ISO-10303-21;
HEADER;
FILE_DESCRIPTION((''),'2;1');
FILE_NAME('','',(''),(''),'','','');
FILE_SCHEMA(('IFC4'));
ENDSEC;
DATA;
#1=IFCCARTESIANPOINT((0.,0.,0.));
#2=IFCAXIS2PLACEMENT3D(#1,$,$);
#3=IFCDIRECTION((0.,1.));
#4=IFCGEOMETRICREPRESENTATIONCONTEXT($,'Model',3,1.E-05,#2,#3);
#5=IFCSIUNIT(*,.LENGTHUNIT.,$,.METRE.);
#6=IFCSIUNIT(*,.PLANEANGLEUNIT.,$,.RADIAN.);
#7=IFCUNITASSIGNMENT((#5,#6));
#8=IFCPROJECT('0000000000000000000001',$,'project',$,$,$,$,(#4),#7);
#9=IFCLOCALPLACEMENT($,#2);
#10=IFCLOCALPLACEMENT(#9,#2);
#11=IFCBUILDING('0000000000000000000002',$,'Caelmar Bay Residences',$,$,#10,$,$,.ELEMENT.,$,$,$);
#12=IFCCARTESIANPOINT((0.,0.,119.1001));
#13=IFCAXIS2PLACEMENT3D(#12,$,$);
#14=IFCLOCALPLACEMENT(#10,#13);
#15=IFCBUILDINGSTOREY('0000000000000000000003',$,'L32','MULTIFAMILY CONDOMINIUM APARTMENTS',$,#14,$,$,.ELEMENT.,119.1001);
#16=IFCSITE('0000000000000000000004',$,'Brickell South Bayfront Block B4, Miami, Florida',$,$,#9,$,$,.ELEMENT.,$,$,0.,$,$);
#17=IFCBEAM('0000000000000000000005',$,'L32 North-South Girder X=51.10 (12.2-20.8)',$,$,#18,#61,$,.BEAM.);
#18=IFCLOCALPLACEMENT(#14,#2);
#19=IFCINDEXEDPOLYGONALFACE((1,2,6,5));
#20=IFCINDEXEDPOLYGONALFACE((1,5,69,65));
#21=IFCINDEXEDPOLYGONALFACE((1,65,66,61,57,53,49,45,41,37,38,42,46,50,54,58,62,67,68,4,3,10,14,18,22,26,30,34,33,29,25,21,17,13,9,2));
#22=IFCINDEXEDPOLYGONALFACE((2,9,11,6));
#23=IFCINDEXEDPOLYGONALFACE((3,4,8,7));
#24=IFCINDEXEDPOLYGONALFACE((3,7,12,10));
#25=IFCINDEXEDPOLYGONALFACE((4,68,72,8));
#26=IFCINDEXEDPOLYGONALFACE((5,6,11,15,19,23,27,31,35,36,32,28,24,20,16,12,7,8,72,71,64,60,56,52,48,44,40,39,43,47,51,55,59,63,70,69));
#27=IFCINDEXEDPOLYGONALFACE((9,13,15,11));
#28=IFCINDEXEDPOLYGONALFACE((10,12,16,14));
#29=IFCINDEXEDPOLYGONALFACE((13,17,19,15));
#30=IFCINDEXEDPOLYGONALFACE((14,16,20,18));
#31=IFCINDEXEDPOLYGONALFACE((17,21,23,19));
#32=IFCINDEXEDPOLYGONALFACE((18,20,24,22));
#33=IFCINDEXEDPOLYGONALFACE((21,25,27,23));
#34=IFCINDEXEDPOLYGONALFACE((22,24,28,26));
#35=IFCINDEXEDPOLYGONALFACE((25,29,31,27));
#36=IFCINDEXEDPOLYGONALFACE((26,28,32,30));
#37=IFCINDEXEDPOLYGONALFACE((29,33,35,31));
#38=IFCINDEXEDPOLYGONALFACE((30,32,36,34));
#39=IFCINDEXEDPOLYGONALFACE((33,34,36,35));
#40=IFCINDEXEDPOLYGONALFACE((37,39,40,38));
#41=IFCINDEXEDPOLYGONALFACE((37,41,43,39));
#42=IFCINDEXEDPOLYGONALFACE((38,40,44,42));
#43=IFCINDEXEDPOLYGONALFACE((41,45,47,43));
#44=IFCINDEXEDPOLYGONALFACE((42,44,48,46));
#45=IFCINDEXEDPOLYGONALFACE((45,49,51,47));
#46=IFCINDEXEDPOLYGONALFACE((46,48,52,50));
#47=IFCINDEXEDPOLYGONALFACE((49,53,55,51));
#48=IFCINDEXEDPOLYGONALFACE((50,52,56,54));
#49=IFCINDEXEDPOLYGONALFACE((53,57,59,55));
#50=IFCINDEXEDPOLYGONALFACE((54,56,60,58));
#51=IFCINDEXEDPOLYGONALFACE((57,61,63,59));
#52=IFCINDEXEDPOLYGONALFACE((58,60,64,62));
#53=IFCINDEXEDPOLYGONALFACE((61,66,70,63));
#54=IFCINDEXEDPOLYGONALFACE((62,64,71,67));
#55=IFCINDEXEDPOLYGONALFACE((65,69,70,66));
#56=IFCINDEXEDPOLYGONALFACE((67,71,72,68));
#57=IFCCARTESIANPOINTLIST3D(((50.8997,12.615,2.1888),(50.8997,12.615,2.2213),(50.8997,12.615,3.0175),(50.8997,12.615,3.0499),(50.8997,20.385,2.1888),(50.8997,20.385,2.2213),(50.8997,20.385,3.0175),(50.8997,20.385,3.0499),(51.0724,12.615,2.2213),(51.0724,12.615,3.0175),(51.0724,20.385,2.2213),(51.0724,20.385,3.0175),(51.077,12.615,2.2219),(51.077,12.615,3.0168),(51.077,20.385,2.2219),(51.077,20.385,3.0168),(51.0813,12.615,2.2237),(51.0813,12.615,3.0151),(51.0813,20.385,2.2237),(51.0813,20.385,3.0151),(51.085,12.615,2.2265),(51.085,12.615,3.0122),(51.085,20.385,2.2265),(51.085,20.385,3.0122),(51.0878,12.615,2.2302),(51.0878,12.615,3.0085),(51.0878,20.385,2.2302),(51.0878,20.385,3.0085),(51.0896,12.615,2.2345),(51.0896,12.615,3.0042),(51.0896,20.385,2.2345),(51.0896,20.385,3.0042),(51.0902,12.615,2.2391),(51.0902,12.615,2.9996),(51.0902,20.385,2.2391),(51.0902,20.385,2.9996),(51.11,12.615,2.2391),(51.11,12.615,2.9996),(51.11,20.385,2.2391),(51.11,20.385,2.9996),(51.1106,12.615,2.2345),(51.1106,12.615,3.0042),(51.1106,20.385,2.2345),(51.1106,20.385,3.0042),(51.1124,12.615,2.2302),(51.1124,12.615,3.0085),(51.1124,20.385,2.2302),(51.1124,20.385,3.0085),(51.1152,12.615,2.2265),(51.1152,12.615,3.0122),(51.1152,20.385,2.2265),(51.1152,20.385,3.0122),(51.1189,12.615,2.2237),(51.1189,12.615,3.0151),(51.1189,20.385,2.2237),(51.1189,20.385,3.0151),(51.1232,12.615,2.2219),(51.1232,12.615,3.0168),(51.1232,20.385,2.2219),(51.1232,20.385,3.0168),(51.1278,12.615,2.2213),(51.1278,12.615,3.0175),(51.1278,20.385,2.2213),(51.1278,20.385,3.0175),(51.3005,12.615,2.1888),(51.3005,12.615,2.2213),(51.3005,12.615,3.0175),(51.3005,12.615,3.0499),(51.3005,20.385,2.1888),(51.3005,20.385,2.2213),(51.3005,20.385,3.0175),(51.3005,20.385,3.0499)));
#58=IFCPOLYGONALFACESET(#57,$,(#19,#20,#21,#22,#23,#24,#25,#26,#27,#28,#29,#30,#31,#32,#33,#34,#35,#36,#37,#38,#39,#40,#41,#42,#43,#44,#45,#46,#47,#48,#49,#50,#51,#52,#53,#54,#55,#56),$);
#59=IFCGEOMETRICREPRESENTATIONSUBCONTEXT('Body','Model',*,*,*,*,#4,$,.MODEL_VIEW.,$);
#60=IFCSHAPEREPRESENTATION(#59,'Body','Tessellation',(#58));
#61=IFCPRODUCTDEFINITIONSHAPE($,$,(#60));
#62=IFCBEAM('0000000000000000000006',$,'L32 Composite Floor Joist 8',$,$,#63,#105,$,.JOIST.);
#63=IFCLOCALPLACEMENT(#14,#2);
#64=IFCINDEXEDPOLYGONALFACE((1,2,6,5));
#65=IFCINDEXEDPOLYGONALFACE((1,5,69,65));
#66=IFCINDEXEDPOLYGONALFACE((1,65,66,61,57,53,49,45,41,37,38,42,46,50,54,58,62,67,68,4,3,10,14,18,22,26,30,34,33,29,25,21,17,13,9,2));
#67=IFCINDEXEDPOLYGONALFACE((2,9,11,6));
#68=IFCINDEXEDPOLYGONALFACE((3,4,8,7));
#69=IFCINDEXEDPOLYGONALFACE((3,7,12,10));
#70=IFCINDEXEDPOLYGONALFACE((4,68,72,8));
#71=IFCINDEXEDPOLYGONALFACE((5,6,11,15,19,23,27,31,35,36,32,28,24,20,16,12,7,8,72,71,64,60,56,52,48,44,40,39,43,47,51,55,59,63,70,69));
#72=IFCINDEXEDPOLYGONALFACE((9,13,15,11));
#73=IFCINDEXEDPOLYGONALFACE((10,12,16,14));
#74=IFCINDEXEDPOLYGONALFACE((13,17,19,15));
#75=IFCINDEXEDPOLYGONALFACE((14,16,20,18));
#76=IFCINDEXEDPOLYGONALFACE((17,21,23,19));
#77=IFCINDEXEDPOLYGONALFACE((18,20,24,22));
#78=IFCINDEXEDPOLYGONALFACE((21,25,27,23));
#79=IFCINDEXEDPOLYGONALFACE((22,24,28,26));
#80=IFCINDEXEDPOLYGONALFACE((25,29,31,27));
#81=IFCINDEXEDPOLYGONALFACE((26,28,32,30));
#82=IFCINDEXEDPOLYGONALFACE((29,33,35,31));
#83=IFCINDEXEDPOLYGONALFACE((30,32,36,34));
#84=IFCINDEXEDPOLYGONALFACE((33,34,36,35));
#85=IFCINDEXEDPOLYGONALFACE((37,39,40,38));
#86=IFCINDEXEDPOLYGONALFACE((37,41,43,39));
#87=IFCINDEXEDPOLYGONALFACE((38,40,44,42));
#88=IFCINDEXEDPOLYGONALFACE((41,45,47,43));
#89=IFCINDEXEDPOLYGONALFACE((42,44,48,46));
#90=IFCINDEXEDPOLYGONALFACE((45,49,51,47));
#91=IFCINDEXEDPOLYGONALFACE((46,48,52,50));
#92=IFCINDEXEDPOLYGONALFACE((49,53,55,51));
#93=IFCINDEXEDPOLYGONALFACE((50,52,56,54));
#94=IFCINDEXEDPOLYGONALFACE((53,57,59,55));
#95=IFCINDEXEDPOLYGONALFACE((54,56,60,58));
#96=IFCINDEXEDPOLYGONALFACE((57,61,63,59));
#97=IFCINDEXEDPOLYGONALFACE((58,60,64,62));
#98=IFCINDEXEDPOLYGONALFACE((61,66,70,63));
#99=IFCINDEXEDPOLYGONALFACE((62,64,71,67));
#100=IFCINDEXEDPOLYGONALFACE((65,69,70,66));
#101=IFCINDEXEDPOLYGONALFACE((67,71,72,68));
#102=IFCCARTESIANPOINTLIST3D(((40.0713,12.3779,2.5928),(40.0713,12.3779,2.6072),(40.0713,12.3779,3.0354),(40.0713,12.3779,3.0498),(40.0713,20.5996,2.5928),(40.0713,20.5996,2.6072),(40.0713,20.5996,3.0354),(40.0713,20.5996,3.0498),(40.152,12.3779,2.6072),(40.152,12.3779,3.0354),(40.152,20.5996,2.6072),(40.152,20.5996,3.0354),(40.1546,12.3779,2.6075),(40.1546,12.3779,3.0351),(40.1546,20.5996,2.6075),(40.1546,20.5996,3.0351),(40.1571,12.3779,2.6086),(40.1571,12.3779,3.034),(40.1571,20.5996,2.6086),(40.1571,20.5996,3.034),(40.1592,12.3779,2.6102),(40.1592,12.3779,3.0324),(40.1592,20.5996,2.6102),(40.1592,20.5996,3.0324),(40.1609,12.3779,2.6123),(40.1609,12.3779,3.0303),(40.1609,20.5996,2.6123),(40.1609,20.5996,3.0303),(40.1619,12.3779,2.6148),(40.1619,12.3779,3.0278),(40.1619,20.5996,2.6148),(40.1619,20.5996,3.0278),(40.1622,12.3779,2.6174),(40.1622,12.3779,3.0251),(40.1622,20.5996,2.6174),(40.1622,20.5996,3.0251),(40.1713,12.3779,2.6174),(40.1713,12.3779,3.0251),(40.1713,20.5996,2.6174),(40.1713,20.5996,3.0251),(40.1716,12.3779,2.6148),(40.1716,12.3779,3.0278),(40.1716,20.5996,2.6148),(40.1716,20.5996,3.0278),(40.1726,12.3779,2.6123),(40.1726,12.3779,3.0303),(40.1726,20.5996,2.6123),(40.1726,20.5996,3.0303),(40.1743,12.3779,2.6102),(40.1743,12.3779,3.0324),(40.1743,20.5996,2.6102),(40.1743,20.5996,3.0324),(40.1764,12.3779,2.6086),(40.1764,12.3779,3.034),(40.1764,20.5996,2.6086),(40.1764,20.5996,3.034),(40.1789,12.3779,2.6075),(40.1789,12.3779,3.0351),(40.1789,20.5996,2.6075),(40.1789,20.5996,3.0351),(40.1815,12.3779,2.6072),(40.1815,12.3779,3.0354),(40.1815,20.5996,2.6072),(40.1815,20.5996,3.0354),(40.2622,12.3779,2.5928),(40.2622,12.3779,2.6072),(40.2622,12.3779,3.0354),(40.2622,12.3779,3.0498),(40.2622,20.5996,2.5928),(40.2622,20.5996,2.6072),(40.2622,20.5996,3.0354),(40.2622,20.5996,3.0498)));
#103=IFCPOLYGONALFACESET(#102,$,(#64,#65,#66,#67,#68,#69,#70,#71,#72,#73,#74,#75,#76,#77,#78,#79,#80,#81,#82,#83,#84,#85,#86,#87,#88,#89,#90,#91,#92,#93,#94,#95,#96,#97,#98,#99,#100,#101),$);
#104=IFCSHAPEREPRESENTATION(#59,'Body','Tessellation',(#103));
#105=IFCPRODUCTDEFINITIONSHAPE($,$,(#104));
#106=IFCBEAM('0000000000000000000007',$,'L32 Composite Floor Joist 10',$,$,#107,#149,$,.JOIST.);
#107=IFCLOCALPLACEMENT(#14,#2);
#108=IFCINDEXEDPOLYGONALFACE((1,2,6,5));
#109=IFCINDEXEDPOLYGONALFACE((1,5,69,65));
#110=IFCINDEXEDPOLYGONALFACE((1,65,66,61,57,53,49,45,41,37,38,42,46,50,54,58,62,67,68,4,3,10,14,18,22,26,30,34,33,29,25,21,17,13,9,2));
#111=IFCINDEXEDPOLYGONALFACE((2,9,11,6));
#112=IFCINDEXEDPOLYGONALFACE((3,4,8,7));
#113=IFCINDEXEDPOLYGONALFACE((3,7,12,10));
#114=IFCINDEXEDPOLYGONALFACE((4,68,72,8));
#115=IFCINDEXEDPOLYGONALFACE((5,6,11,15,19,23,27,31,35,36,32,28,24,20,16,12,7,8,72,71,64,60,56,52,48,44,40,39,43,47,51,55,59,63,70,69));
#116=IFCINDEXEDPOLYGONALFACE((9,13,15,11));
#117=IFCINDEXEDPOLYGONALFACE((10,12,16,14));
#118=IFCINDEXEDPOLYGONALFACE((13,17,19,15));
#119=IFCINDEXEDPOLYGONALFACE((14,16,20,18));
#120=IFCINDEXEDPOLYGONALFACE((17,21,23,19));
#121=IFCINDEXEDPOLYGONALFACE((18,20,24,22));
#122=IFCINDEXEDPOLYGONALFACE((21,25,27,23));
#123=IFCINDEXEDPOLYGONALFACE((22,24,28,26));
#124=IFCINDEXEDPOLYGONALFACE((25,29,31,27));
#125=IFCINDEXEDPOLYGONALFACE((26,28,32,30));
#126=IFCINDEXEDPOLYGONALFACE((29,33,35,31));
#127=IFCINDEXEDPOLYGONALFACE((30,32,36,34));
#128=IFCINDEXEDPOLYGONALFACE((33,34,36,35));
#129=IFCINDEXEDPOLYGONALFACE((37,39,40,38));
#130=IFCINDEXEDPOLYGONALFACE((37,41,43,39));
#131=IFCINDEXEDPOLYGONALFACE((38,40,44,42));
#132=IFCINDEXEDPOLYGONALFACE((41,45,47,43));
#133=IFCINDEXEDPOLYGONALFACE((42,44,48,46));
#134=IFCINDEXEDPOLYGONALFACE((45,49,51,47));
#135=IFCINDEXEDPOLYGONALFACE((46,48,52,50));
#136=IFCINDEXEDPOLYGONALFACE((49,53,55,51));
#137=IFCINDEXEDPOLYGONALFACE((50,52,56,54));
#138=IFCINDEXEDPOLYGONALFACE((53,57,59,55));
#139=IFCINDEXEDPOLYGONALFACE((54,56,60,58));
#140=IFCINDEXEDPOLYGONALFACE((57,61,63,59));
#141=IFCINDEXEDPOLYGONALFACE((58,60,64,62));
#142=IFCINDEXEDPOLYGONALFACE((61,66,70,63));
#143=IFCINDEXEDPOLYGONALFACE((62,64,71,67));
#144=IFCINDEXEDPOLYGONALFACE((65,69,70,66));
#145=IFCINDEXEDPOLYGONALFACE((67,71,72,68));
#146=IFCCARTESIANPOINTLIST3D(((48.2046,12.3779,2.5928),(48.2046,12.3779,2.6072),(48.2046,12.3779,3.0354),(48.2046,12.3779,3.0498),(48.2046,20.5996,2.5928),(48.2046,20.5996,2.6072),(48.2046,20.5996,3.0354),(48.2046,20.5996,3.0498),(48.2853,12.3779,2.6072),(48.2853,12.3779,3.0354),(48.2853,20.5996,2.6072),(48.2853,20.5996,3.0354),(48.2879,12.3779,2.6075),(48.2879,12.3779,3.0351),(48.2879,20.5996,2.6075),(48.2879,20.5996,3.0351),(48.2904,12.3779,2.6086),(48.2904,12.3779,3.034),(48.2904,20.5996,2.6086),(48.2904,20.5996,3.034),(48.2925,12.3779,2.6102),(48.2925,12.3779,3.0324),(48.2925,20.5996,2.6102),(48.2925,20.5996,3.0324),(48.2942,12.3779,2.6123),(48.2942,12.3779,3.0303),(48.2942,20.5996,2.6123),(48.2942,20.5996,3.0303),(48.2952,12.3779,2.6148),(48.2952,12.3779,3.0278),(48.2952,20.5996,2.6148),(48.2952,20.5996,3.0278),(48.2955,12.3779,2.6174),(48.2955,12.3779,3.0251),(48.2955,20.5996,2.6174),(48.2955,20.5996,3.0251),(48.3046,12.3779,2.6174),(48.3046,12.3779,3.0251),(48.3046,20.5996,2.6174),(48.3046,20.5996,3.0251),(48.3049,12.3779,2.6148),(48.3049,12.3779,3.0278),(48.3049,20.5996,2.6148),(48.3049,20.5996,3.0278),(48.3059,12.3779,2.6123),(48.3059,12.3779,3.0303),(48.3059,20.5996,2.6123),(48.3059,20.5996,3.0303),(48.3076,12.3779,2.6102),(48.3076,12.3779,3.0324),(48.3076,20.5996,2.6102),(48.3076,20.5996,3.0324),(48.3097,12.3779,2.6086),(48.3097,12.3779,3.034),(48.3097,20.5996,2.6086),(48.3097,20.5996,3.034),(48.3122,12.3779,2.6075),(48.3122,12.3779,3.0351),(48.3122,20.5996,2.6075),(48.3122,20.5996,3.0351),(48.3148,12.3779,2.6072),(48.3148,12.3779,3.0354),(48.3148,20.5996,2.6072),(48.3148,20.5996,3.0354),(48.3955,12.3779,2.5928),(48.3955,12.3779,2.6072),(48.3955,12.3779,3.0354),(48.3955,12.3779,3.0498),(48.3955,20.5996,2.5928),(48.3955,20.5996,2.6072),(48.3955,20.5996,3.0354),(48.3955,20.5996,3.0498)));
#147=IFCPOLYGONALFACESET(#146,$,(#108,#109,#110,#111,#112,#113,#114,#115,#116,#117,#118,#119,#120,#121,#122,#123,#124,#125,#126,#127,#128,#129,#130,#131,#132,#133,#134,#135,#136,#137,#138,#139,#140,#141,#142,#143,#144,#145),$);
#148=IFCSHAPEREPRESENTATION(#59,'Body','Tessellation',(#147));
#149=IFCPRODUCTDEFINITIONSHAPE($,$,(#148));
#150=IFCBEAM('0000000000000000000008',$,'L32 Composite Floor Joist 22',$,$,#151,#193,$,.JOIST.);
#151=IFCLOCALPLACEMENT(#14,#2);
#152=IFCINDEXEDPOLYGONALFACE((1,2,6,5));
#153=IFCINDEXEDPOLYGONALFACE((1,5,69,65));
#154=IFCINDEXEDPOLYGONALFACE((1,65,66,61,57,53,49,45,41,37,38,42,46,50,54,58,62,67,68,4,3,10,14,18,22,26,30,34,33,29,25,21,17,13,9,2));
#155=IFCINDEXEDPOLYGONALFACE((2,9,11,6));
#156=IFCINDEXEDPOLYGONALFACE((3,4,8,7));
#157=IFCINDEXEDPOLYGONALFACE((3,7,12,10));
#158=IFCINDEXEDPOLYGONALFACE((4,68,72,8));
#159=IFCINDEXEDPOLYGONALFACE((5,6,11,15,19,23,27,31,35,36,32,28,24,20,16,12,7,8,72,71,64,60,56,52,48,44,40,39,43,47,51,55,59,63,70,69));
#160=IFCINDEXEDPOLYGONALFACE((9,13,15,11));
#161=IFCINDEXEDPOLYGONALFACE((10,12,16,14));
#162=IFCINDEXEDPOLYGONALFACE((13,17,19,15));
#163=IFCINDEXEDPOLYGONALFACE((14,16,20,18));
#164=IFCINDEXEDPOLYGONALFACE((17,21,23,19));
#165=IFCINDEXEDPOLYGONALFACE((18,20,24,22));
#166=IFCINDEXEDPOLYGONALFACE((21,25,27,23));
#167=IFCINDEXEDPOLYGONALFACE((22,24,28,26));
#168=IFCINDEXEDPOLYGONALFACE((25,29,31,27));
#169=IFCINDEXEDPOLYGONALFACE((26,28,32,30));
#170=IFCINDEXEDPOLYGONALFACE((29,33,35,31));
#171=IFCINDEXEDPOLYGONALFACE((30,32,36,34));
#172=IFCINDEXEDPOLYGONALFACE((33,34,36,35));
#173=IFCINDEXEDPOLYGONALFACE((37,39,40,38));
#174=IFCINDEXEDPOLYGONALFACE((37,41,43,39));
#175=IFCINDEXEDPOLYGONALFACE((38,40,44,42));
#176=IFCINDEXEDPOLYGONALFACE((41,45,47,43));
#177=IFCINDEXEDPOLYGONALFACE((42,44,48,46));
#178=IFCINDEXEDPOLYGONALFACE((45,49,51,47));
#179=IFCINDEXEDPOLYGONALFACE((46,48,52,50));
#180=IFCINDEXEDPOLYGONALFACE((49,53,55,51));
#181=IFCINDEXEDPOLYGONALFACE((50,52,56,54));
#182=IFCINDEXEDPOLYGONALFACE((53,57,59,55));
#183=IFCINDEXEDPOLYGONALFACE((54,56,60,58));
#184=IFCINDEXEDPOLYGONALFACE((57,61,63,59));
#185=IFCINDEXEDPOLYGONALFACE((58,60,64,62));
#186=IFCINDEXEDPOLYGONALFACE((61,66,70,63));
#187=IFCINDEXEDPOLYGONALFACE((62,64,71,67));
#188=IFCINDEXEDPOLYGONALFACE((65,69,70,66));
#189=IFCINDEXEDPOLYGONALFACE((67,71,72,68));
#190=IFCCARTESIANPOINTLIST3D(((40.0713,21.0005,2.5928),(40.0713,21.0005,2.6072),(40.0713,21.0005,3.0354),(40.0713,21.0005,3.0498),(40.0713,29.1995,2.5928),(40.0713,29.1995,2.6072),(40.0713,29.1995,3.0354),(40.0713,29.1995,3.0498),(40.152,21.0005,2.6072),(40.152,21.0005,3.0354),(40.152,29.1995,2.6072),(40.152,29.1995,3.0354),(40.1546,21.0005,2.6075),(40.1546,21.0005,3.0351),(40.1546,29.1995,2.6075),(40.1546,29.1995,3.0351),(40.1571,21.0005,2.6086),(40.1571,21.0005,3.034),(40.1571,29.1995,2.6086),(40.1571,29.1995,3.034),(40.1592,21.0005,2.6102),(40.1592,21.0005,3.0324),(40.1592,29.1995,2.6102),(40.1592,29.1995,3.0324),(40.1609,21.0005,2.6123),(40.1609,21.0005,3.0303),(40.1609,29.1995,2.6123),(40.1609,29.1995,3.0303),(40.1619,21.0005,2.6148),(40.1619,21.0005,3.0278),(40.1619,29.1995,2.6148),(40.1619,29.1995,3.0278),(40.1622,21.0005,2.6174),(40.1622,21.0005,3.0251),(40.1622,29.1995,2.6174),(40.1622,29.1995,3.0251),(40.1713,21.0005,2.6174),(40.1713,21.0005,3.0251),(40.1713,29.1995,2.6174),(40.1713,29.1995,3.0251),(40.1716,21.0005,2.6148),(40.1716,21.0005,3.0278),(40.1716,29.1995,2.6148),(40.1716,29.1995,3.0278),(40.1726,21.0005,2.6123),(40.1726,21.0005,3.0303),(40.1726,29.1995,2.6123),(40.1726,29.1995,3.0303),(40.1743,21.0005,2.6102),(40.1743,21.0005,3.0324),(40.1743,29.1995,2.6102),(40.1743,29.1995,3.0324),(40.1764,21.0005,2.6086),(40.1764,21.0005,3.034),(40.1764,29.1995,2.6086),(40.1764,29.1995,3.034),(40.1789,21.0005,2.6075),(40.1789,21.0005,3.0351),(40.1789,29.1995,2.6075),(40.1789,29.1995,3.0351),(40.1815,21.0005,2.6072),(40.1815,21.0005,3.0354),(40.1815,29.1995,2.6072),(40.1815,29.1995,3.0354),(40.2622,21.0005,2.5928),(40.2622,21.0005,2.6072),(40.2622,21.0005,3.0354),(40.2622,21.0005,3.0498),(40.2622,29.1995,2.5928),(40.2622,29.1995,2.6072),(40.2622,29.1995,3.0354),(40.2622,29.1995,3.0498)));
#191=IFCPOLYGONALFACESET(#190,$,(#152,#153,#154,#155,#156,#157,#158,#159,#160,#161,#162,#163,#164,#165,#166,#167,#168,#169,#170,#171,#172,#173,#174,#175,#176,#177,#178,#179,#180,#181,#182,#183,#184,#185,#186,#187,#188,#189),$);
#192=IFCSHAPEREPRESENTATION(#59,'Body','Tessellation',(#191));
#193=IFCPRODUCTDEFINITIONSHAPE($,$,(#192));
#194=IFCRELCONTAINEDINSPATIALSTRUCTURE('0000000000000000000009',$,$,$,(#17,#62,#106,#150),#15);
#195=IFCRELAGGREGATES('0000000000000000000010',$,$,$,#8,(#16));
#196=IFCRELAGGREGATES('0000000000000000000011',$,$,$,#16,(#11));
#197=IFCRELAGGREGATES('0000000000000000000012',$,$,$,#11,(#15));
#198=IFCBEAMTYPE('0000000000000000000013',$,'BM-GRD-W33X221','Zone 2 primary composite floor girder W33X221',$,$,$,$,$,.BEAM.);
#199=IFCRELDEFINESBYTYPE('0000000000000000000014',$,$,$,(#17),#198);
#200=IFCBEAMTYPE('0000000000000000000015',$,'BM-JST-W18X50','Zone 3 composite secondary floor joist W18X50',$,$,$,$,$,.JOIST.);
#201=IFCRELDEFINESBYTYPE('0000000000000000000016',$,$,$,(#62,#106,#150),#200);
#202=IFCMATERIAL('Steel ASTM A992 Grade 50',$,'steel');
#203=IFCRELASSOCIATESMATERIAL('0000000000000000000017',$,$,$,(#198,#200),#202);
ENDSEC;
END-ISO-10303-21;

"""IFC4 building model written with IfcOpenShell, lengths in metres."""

from ifc_helpers import new_model, si_unit, direction, frame, origin, origin_2d, place, context, subcontext, project, spatial, i_section, extrude, material, material_profile, profile_set, type_object, element, save


model = new_model("IFC4")

# Units and contexts
model_context = context("Model", 3, precision=1e-05, world=origin(), true_north=direction((0.0, 1.0)))
body_context = subcontext(model_context, "Body", "Model", "MODEL_VIEW")
ifc_project = project(units=[si_unit("LENGTHUNIT", "METRE"), si_unit("PLANEANGLEUNIT", "RADIAN")], contexts=[model_context])

# Site, building, storey
site_placement = place(None, origin())
site = spatial("IfcSite", under=ifc_project, at=site_placement, Name="Brickell South Bayfront Block B4, Miami, Florida", CompositionType="ELEMENT", RefElevation=0.0)
building_placement = place(site_placement, origin())
building = spatial("IfcBuilding", under=site, at=building_placement, Name="Caelmar Bay Residences", CompositionType="ELEMENT")
storey_placement = place(building_placement, frame((0.0, 0.0, 119.1001)))
storey = spatial("IfcBuildingStorey", under=building, at=storey_placement, Name="L32", Description="MULTIFAMILY CONDOMINIUM APARTMENTS", CompositionType="ELEMENT", Elevation=119.1001)

# Beams
ifc_material_1 = material(Name="Steel ASTM A992 Grade 50", Category="steel")
ifc_material_profile_1 = material_profile(ifc_material_1, i_section(OverallWidth=0.4009, OverallDepth=0.8611, WebThickness=0.0198, FlangeThickness=0.0325, FilletRadius=0.0178, at=origin_2d()), Name="W33X221")
ifc_profile_set_1 = profile_set([ifc_material_profile_1], Name="Steel ASTM A992 Grade 50")
beam_type_1 = type_object("IfcBeamType", Name="BM-GRD-W33X221", Description="Zone 2 primary composite floor girder W33X221", PredefinedType="BEAM", material=ifc_profile_set_1)
for number, where, z_axis, x_axis, name in (
    (1, (51.1001, 12.615, 2.6194), (0.0, 1.0, 0.0), (-1.0, 0.0, 0.0), "L32 North-South Girder X=51.10 (12.2-20.8)"),
):
    element("IfcBeam", number, at=place(storey_placement, frame(where, z_axis=z_axis, x_axis=x_axis)), inside=storey, type_object=beam_type_1, Name=name, PredefinedType="BEAM", context=body_context, shape_type="SweptSolid", body=[
        extrude(i_section(OverallWidth=0.4009, OverallDepth=0.8611, WebThickness=0.0198, FlangeThickness=0.0325, FilletRadius=0.0178, at=origin_2d()), origin(), (0.0, 0.0, 1.0), 7.77),
    ])
ifc_material_profile_2 = material_profile(ifc_material_1, i_section(OverallWidth=0.1909, OverallDepth=0.457, WebThickness=0.009, FlangeThickness=0.0144, FilletRadius=0.0103, at=origin_2d()), Name="W18X50")
ifc_profile_set_2 = profile_set([ifc_material_profile_2], Name="Steel ASTM A992 Grade 50")
beam_type_2 = type_object("IfcBeamType", Name="BM-JST-W18X50", Description="Zone 3 composite secondary floor joist W18X50", PredefinedType="JOIST", material=ifc_profile_set_2)
for number, where, z_axis, x_axis, name in (
    (2, (40.1667, 12.3779, 2.8213), (0.0, 1.0, 0.0), (-1.0, 0.0, 0.0), "L32 Composite Floor Joist 8"),
    (3, (48.3, 12.3779, 2.8213), (0.0, 1.0, 0.0), (-1.0, 0.0, 0.0), "L32 Composite Floor Joist 10"),
):
    element("IfcBeam", number, at=place(storey_placement, frame(where, z_axis=z_axis, x_axis=x_axis)), inside=storey, type_object=beam_type_2, Name=name, PredefinedType="JOIST", context=body_context, shape_type="SweptSolid", body=[
        extrude(i_section(OverallWidth=0.1909, OverallDepth=0.457, WebThickness=0.009, FlangeThickness=0.0144, FilletRadius=0.0103, at=origin_2d()), origin(), (0.0, 0.0, 1.0), 8.2217),
    ])
for number, where, z_axis, x_axis, name in (
    (4, (40.1667, 21.0005, 2.8213), (0.0, 1.0, 0.0), (-1.0, 0.0, 0.0), "L32 Composite Floor Joist 22"),
):
    element("IfcBeam", number, at=place(storey_placement, frame(where, z_axis=z_axis, x_axis=x_axis)), inside=storey, type_object=beam_type_2, Name=name, PredefinedType="JOIST", context=body_context, shape_type="SweptSolid", body=[
        extrude(i_section(OverallWidth=0.1909, OverallDepth=0.457, WebThickness=0.009, FlangeThickness=0.0144, FilletRadius=0.0103, at=origin_2d()), origin(), (0.0, 0.0, 1.0), 8.199),
    ])

save(model, "model.ifc")
